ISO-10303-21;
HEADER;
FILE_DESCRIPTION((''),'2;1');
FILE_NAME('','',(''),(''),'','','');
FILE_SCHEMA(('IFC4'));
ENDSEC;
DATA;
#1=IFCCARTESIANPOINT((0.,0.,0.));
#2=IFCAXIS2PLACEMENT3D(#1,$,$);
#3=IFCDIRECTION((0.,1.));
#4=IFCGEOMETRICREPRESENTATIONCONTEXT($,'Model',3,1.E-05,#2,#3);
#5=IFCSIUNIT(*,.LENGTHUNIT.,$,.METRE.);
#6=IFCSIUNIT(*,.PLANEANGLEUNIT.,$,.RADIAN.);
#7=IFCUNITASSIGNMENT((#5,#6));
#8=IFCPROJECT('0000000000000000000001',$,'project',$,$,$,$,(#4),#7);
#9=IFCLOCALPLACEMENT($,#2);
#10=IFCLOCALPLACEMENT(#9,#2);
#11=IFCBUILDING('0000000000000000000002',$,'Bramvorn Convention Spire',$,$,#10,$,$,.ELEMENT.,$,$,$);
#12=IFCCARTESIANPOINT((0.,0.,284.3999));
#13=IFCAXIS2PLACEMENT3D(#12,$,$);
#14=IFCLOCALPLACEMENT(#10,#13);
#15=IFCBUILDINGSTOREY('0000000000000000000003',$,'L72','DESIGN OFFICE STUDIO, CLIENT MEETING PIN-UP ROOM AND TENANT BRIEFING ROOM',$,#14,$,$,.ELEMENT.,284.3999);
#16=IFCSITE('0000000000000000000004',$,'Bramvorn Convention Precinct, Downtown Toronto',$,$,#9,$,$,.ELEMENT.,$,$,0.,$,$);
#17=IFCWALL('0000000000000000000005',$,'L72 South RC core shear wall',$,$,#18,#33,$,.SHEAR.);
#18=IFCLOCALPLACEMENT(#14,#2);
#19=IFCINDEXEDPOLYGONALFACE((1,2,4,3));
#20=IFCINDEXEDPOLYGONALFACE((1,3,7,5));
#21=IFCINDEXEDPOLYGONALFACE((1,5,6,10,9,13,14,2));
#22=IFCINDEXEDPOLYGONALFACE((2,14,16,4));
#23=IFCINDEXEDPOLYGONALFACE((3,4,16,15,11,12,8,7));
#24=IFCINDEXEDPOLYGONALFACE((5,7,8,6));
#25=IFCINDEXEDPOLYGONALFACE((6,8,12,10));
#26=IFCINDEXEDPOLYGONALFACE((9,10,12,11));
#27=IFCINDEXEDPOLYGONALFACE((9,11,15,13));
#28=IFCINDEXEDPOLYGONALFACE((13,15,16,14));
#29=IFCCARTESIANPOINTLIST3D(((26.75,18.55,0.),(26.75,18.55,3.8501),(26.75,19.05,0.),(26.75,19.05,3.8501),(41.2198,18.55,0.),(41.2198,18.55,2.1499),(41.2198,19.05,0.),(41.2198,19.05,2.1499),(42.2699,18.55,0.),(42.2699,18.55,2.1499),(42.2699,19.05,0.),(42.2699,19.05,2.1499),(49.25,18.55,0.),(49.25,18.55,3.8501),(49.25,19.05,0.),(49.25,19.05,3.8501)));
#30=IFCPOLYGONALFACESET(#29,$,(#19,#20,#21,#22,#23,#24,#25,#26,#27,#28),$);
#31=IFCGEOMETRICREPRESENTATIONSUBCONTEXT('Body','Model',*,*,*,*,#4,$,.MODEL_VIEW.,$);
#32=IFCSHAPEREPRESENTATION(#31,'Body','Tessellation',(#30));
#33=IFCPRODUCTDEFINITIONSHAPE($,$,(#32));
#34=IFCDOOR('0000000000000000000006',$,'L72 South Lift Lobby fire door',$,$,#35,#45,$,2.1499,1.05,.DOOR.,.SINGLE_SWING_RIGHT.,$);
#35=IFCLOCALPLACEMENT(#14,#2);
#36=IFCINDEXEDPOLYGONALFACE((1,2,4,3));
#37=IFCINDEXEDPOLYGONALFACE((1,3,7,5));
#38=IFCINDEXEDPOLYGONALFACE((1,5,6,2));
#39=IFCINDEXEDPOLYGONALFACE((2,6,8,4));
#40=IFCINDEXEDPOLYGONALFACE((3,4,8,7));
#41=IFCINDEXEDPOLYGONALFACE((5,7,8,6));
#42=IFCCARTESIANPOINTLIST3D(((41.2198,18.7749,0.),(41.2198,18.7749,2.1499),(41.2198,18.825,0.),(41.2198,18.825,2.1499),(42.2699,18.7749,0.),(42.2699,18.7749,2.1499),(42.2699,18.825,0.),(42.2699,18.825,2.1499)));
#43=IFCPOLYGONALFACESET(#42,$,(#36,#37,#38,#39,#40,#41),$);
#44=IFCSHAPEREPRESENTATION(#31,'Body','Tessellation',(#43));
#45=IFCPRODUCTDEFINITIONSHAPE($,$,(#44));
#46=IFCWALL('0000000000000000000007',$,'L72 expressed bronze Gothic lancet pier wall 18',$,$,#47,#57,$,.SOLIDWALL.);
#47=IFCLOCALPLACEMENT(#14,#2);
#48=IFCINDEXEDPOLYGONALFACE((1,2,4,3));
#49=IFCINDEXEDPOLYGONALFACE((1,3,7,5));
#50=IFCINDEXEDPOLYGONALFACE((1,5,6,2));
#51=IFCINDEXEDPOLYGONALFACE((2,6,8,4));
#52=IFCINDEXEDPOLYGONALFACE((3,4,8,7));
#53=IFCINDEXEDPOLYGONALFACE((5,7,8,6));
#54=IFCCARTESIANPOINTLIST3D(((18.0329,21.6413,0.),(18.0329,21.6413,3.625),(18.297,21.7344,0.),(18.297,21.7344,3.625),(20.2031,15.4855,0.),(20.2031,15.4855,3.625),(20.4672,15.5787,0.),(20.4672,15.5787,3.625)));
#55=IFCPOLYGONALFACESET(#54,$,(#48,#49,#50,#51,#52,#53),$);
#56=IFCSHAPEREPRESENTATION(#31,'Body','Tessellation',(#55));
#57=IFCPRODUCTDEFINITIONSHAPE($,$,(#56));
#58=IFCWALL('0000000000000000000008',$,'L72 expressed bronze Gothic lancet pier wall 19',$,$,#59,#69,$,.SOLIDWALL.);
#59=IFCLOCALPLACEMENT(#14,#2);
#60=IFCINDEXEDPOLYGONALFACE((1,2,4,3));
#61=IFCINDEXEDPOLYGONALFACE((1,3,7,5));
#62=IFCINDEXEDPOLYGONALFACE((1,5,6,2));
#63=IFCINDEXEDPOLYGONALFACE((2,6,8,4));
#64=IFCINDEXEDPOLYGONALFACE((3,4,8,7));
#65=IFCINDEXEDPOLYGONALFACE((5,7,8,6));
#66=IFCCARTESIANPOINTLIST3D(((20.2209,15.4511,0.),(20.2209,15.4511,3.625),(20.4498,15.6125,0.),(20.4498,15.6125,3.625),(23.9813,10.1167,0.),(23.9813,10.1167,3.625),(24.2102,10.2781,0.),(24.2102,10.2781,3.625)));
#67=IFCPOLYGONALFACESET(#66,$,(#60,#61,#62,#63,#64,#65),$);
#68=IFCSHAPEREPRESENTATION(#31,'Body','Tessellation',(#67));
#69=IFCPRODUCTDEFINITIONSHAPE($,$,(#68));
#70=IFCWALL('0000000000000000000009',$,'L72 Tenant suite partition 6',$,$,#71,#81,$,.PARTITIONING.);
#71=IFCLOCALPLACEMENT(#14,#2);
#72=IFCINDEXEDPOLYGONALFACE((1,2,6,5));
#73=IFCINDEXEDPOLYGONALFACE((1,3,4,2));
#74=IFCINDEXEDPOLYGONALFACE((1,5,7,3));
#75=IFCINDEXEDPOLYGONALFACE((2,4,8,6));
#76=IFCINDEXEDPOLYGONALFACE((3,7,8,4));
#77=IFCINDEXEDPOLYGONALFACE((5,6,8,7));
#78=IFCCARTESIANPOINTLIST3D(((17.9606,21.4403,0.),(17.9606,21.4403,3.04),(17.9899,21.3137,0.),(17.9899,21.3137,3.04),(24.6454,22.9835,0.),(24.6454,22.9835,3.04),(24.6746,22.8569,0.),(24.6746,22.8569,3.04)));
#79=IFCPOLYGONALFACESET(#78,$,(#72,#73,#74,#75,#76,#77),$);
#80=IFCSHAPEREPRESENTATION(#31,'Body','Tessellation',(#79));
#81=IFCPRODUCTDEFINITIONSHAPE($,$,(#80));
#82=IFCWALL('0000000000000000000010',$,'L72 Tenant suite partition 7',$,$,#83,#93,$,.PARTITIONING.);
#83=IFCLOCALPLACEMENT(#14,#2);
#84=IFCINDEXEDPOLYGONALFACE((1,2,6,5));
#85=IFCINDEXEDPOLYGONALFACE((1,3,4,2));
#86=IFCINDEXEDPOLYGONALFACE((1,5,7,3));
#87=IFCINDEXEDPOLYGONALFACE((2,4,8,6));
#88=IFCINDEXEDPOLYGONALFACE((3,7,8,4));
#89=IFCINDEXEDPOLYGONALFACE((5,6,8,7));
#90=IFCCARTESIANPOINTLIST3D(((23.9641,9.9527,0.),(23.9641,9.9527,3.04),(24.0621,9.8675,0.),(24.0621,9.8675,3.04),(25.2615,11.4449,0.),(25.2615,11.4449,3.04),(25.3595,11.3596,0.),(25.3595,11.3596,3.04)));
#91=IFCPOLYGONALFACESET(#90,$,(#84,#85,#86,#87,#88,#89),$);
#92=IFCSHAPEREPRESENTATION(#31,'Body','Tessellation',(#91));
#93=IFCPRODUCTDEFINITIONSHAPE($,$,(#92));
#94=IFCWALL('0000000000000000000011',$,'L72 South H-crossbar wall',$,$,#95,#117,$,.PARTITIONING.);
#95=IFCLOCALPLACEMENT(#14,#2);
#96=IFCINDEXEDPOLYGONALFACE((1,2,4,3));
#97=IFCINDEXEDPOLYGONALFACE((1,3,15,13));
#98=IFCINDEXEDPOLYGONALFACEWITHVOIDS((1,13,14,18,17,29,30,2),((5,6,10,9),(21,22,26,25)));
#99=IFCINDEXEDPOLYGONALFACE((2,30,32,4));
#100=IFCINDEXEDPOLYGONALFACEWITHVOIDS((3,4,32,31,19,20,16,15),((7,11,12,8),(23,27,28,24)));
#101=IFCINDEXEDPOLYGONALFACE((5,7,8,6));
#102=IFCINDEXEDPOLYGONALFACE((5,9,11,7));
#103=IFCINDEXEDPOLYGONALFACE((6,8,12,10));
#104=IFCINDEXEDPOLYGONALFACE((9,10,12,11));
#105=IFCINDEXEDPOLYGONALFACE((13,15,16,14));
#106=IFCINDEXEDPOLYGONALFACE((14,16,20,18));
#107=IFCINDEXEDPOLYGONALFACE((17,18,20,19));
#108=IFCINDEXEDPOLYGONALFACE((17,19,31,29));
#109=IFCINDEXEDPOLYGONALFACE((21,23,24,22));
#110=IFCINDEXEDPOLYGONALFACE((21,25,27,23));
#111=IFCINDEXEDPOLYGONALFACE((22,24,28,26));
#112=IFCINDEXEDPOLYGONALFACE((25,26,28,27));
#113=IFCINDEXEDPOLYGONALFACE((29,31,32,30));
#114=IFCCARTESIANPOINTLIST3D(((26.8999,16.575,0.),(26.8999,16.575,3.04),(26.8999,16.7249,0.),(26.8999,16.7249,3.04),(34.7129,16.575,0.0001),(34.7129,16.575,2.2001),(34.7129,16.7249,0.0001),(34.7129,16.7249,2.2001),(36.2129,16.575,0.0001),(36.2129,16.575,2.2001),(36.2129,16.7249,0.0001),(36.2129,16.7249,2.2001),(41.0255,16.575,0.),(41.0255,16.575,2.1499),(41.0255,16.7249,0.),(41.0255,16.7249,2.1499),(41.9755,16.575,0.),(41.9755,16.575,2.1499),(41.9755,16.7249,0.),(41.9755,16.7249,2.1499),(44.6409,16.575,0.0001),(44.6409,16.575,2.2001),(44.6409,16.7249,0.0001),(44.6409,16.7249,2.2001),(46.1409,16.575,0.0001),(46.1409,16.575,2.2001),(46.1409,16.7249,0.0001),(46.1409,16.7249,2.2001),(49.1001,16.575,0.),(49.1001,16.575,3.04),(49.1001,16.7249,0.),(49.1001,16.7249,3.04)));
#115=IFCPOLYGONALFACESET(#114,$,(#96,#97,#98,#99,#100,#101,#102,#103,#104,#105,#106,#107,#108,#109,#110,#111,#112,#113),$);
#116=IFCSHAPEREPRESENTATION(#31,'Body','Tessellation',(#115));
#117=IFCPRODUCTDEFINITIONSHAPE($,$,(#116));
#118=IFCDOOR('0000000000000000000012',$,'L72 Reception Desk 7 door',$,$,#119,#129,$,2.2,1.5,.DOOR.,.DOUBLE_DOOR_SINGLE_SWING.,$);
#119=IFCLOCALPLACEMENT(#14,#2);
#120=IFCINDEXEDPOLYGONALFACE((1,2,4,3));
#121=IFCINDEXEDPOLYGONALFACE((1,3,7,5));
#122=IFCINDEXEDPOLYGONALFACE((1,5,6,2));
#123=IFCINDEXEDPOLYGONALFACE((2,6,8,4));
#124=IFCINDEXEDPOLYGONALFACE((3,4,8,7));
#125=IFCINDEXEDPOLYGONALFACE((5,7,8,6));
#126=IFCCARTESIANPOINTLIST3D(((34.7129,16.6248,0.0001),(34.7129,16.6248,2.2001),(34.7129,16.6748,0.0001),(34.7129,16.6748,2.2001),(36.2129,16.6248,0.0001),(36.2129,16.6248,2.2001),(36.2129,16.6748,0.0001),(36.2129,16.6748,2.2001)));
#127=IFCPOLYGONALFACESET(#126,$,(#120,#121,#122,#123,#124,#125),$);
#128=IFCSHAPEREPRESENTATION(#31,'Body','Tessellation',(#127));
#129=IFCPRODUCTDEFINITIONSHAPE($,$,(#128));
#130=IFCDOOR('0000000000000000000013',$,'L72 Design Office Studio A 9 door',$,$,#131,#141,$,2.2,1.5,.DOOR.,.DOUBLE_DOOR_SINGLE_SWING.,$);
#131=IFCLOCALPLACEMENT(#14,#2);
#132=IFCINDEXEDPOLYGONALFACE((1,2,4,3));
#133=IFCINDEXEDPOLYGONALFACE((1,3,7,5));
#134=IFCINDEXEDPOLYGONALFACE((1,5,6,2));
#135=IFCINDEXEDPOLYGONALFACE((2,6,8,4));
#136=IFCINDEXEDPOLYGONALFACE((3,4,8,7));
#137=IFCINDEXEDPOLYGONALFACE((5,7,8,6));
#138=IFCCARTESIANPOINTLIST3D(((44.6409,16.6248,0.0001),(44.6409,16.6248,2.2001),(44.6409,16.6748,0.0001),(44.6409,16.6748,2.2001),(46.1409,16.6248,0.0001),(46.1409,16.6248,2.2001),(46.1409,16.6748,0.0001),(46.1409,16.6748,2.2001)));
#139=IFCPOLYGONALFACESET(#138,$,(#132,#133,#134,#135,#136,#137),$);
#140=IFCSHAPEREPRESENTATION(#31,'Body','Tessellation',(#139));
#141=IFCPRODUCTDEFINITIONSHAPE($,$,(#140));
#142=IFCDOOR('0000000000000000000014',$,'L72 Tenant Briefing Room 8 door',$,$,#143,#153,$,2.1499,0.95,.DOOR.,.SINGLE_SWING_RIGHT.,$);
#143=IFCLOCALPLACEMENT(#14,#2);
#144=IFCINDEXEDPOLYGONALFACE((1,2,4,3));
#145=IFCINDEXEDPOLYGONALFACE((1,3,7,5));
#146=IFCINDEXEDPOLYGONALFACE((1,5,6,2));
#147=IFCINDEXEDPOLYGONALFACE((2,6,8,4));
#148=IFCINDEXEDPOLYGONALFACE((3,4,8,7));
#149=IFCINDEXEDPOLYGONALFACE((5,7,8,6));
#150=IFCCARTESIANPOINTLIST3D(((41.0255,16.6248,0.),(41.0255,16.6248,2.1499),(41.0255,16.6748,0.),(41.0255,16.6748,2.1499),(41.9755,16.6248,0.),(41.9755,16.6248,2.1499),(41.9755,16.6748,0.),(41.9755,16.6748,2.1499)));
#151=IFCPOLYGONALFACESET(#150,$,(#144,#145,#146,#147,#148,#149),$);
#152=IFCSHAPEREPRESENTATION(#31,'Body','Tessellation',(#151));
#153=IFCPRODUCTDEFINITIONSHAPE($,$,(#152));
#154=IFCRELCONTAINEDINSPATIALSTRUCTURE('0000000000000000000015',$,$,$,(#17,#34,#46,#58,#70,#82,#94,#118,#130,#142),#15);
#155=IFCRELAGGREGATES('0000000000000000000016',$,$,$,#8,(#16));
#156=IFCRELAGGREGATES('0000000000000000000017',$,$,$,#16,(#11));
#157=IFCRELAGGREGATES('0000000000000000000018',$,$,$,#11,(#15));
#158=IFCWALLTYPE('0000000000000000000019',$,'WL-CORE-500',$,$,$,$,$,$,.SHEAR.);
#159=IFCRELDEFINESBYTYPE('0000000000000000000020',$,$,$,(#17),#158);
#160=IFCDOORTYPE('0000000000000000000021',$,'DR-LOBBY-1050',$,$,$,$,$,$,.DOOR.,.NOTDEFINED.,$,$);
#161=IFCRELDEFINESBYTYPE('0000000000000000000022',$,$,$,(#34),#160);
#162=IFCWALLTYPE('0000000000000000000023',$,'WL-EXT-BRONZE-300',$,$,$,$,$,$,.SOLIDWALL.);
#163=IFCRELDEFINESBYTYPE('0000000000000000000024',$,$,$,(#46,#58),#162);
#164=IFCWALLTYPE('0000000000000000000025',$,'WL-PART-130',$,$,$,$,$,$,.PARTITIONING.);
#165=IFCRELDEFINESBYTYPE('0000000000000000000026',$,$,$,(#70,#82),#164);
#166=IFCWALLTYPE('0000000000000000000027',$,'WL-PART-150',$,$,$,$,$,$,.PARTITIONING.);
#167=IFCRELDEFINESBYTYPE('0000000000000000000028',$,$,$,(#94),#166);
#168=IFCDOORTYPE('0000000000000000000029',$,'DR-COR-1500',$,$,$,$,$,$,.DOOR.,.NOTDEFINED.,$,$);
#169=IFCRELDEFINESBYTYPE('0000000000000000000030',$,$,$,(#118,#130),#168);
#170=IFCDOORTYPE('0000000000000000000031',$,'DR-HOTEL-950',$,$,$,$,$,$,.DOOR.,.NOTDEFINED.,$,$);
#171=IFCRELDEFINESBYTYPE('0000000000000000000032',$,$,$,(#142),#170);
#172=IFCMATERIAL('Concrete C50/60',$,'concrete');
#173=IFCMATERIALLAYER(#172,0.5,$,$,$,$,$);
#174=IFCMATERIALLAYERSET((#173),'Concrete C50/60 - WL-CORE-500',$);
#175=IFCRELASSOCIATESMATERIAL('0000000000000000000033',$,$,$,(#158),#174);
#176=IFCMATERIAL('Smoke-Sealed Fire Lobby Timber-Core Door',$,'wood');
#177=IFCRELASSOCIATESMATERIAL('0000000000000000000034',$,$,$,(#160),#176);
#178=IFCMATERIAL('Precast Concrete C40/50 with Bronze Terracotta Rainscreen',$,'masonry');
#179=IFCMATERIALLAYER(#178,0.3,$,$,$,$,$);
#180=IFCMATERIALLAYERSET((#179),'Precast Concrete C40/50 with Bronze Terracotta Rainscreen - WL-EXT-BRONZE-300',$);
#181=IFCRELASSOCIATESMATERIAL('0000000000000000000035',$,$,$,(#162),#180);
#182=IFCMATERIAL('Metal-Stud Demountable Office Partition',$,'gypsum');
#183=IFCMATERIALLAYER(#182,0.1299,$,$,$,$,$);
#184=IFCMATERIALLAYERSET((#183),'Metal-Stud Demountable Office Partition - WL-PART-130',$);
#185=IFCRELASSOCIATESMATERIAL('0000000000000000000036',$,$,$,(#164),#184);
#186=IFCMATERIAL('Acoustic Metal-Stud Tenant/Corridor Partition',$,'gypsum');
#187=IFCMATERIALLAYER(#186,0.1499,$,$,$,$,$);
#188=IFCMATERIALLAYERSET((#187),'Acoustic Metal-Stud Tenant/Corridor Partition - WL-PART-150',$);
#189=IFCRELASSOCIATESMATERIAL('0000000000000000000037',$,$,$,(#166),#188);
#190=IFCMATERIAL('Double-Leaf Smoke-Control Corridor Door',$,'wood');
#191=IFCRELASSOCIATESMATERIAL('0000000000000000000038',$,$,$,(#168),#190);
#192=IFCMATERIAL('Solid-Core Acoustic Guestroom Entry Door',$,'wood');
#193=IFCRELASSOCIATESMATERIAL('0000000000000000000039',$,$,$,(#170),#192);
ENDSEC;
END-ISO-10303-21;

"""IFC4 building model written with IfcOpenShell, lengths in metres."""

from ifc_helpers import new_model, si_unit, direction, frame, frame_2d, origin, place, context, subcontext, project, spatial, rectangle, extrude, material, layer, layer_set, type_object, element, fill, save


model = new_model("IFC4")

# Units and contexts
model_context = context("Model", 3, precision=1e-05, world=origin(), true_north=direction((0.0, 1.0)))
body_context = subcontext(model_context, "Body", "Model", "MODEL_VIEW")
ifc_project = project(units=[si_unit("LENGTHUNIT", "METRE"), si_unit("PLANEANGLEUNIT", "RADIAN")], contexts=[model_context])

# Site, building, storey
site_placement = place(None, origin())
site = spatial("IfcSite", under=ifc_project, at=site_placement, Name="Bramvorn Convention Precinct, Downtown Toronto", CompositionType="ELEMENT", RefElevation=0.0)
building_placement = place(site_placement, origin())
building = spatial("IfcBuilding", under=site, at=building_placement, Name="Bramvorn Convention Spire", CompositionType="ELEMENT")
storey_placement = place(building_placement, frame((0.0, 0.0, 284.3999)))
storey = spatial("IfcBuildingStorey", under=building, at=storey_placement, Name="L72", Description="DESIGN OFFICE STUDIO, CLIENT MEETING PIN-UP ROOM AND TENANT BRIEFING ROOM", CompositionType="ELEMENT", Elevation=284.3999)

# Wall, opening, door
ifc_material_1 = material(Name="Concrete C50/60", Category="concrete")
ifc_layer_1 = layer(ifc_material_1, 0.5)
ifc_layer_set_1 = layer_set([ifc_layer_1], Name="Concrete C50/60 - WL-CORE-500")
wall_type_1 = type_object("IfcWallType", Name="WL-CORE-500", PredefinedType="SHEAR", material=ifc_layer_set_1)
wall_1_placement = place(storey_placement, frame((26.75, 18.8, 0.0), z_axis=(0.0, 0.0, 1.0), x_axis=(1.0, 0.0, 0.0)))
wall_1 = element("IfcWall", 1, at=wall_1_placement, inside=storey, type_object=wall_type_1, Name="L72 South RC core shear wall", PredefinedType="SHEAR", context=body_context, shape_type="SweptSolid", body=[
    extrude(rectangle(XDim=22.5, YDim=0.5, at=frame_2d((11.25, 0.0))), origin(), (0.0, 0.0, 1.0), 3.8501),
])
opening_1_placement = place(wall_1_placement, frame((14.47, 0.0, 0.0)))
opening_1 = element("IfcOpeningElement", 2, at=opening_1_placement, cuts=wall_1, PredefinedType="OPENING", context=body_context, shape_type="SweptSolid", body=[
    extrude(rectangle(XDim=1.05, YDim=2.1499, at=frame_2d((0.5249, 1.075))), frame((0.0, 0.26, 0.0), z_axis=(0.0, -1.0, 0.0), x_axis=(1.0, 0.0, 0.0)), (0.0, 0.0, 1.0), 0.52),
])
ifc_material_2 = material(Name="Smoke-Sealed Fire Lobby Timber-Core Door", Category="wood")
door_type_1 = type_object("IfcDoorType", Name="DR-LOBBY-1050", OperationType="NOTDEFINED", PredefinedType="DOOR", material=ifc_material_2)
door_1_placement = place(opening_1_placement, origin())
door_1 = element("IfcDoor", 3, at=door_1_placement, inside=storey, type_object=door_type_1, Name="L72 South Lift Lobby fire door", OperationType="SINGLE_SWING_RIGHT", OverallHeight=2.1499, OverallWidth=1.05, PredefinedType="DOOR", context=body_context, shape_type="SweptSolid", body=[
    extrude(rectangle(XDim=1.05, YDim=2.1499, at=frame_2d((0.5249, 1.075))), frame((0.0, 0.0249, 0.0), z_axis=(0.0, -1.0, 0.0), x_axis=(1.0, 0.0, 0.0)), (0.0, 0.0, 1.0), 0.05),
])
fill(opening_1, door_1)

# Walls
ifc_material_3 = material(Name="Precast Concrete C40/50 with Bronze Terracotta Rainscreen", Category="masonry")
ifc_layer_2 = layer(ifc_material_3, 0.3)
ifc_layer_set_2 = layer_set([ifc_layer_2], Name="Precast Concrete C40/50 with Bronze Terracotta Rainscreen - WL-EXT-BRONZE-300")
wall_type_2 = type_object("IfcWallType", Name="WL-EXT-BRONZE-300", PredefinedType="SOLIDWALL", material=ifc_layer_set_2)
wall_2_placement = place(storey_placement, frame((20.3352, 15.532, 0.0), z_axis=(0.0, 0.0, 1.0), x_axis=(-0.332486, 0.943108, 0.0)))
element("IfcWall", 4, at=wall_2_placement, inside=storey, type_object=wall_type_2, Name="L72 expressed bronze Gothic lancet pier wall 18", PredefinedType="SOLIDWALL", context=body_context, shape_type="SweptSolid", body=[
    extrude(rectangle(XDim=6.5271, YDim=0.28, at=frame_2d((3.2637, 0.0))), origin(), (0.0, 0.0, 1.0), 3.625),
])
wall_3_placement = place(storey_placement, frame((24.0957, 10.1975, 0.0), z_axis=(0.0, 0.0, 1.0), x_axis=(-0.576171, 0.817329, 0.0)))
element("IfcWall", 5, at=wall_3_placement, inside=storey, type_object=wall_type_2, Name="L72 expressed bronze Gothic lancet pier wall 19", PredefinedType="SOLIDWALL", context=body_context, shape_type="SweptSolid", body=[
    extrude(rectangle(XDim=6.5266, YDim=0.28, at=frame_2d((3.2632, 0.0))), origin(), (0.0, 0.0, 1.0), 3.625),
])
ifc_material_4 = material(Name="Metal-Stud Demountable Office Partition", Category="gypsum")
ifc_layer_3 = layer(ifc_material_4, 0.1299)
ifc_layer_set_3 = layer_set([ifc_layer_3], Name="Metal-Stud Demountable Office Partition - WL-PART-130")
wall_type_3 = type_object("IfcWallType", Name="WL-PART-130", PredefinedType="PARTITIONING", material=ifc_layer_set_3)
wall_4_placement = place(storey_placement, frame((24.6599, 22.9202, 0.0), z_axis=(0.0, 0.0, 1.0), x_axis=(-0.974373, -0.224937, 0.0)))
element("IfcWall", 6, at=wall_4_placement, inside=storey, type_object=wall_type_3, Name="L72 Tenant suite partition 6", PredefinedType="PARTITIONING", context=body_context, shape_type="SweptSolid", body=[
    extrude(rectangle(XDim=6.8606, YDim=0.1299, at=frame_2d((3.4302, 0.0))), origin(), (0.0, 0.0, 1.0), 3.04),
])
wall_5_placement = place(storey_placement, frame((25.3105, 11.4023, 0.0), z_axis=(0.0, 0.0, 1.0), x_axis=(-0.656124, -0.754653, 0.0)))
element("IfcWall", 7, at=wall_5_placement, inside=storey, type_object=wall_type_3, Name="L72 Tenant suite partition 7", PredefinedType="PARTITIONING", context=body_context, shape_type="SweptSolid", body=[
    extrude(rectangle(XDim=1.9773, YDim=0.1299, at=frame_2d((0.9888, 0.0))), origin(), (0.0, 0.0, 1.0), 3.04),
])

# Wall, openings, doors
ifc_material_5 = material(Name="Acoustic Metal-Stud Tenant/Corridor Partition", Category="gypsum")
ifc_layer_4 = layer(ifc_material_5, 0.1499)
ifc_layer_set_4 = layer_set([ifc_layer_4], Name="Acoustic Metal-Stud Tenant/Corridor Partition - WL-PART-150")
wall_type_4 = type_object("IfcWallType", Name="WL-PART-150", PredefinedType="PARTITIONING", material=ifc_layer_set_4)
wall_6_placement = place(storey_placement, frame((26.8999, 16.6499, 0.0), z_axis=(0.0, 0.0, 1.0), x_axis=(1.0, 0.0, 0.0)))
wall_6 = element("IfcWall", 8, at=wall_6_placement, inside=storey, type_object=wall_type_4, Name="L72 South H-crossbar wall", PredefinedType="PARTITIONING", context=body_context, shape_type="SweptSolid", body=[
    extrude(rectangle(XDim=22.2002, YDim=0.1499, at=frame_2d((11.1001, 0.0))), origin(), (0.0, 0.0, 1.0), 3.04),
])
opening_2_placement = place(wall_6_placement, frame((7.813, 0.0, 0.0)))
opening_2 = element("IfcOpeningElement", 9, at=opening_2_placement, cuts=wall_6, PredefinedType="OPENING", context=body_context, shape_type="SweptSolid", body=[
    extrude(rectangle(XDim=1.5, YDim=2.2, at=frame_2d((0.75, 1.1001))), frame((0.0, 0.085, 0.0), z_axis=(0.0, -1.0, 0.0), x_axis=(1.0, 0.0, 0.0)), (0.0, 0.0, 1.0), 0.1699),
])
opening_3_placement = place(wall_6_placement, frame((14.1255, 0.0, 0.0)))
opening_3 = element("IfcOpeningElement", 10, at=opening_3_placement, cuts=wall_6, PredefinedType="OPENING", context=body_context, shape_type="SweptSolid", body=[
    extrude(rectangle(XDim=0.95, YDim=2.1499, at=frame_2d((0.4751, 1.075))), frame((0.0, 0.085, 0.0), z_axis=(0.0, -1.0, 0.0), x_axis=(1.0, 0.0, 0.0)), (0.0, 0.0, 1.0), 0.1699),
])
opening_4_placement = place(wall_6_placement, frame((17.741, 0.0, 0.0)))
opening_4 = element("IfcOpeningElement", 11, at=opening_4_placement, cuts=wall_6, PredefinedType="OPENING", context=body_context, shape_type="SweptSolid", body=[
    extrude(rectangle(XDim=1.5, YDim=2.2, at=frame_2d((0.75, 1.1001))), frame((0.0, 0.085, 0.0), z_axis=(0.0, -1.0, 0.0), x_axis=(1.0, 0.0, 0.0)), (0.0, 0.0, 1.0), 0.1699),
])
ifc_material_6 = material(Name="Double-Leaf Smoke-Control Corridor Door", Category="wood")
door_type_2 = type_object("IfcDoorType", Name="DR-COR-1500", OperationType="NOTDEFINED", PredefinedType="DOOR", material=ifc_material_6)
door_2_placement = place(opening_2_placement, origin())
door_2 = element("IfcDoor", 12, at=door_2_placement, inside=storey, type_object=door_type_2, Name="L72 Reception Desk 7 door", OperationType="DOUBLE_DOOR_SINGLE_SWING", OverallHeight=2.2, OverallWidth=1.5, PredefinedType="DOOR", context=body_context, shape_type="SweptSolid", body=[
    extrude(rectangle(XDim=1.5, YDim=2.2, at=frame_2d((0.75, 1.1001))), frame((0.0, 0.0249, 0.0), z_axis=(0.0, -1.0, 0.0), x_axis=(1.0, 0.0, 0.0)), (0.0, 0.0, 1.0), 0.05),
])
fill(opening_2, door_2)
door_3_placement = place(opening_4_placement, origin())
door_3 = element("IfcDoor", 13, at=door_3_placement, inside=storey, type_object=door_type_2, Name="L72 Design Office Studio A 9 door", OperationType="DOUBLE_DOOR_SINGLE_SWING", OverallHeight=2.2, OverallWidth=1.5, PredefinedType="DOOR", context=body_context, shape_type="SweptSolid", body=[
    extrude(rectangle(XDim=1.5, YDim=2.2, at=frame_2d((0.75, 1.1001))), frame((0.0, 0.0249, 0.0), z_axis=(0.0, -1.0, 0.0), x_axis=(1.0, 0.0, 0.0)), (0.0, 0.0, 1.0), 0.05),
])
fill(opening_4, door_3)
ifc_material_7 = material(Name="Solid-Core Acoustic Guestroom Entry Door", Category="wood")
door_type_3 = type_object("IfcDoorType", Name="DR-HOTEL-950", OperationType="NOTDEFINED", PredefinedType="DOOR", material=ifc_material_7)
door_4_placement = place(opening_3_placement, origin())
door_4 = element("IfcDoor", 14, at=door_4_placement, inside=storey, type_object=door_type_3, Name="L72 Tenant Briefing Room 8 door", OperationType="SINGLE_SWING_RIGHT", OverallHeight=2.1499, OverallWidth=0.95, PredefinedType="DOOR", context=body_context, shape_type="SweptSolid", body=[
    extrude(rectangle(XDim=0.95, YDim=2.1499, at=frame_2d((0.4751, 1.075))), frame((0.0, 0.0249, 0.0), z_axis=(0.0, -1.0, 0.0), x_axis=(1.0, 0.0, 0.0)), (0.0, 0.0, 1.0), 0.05),
])
fill(opening_3, door_4)

save(model, "model.ifc")
